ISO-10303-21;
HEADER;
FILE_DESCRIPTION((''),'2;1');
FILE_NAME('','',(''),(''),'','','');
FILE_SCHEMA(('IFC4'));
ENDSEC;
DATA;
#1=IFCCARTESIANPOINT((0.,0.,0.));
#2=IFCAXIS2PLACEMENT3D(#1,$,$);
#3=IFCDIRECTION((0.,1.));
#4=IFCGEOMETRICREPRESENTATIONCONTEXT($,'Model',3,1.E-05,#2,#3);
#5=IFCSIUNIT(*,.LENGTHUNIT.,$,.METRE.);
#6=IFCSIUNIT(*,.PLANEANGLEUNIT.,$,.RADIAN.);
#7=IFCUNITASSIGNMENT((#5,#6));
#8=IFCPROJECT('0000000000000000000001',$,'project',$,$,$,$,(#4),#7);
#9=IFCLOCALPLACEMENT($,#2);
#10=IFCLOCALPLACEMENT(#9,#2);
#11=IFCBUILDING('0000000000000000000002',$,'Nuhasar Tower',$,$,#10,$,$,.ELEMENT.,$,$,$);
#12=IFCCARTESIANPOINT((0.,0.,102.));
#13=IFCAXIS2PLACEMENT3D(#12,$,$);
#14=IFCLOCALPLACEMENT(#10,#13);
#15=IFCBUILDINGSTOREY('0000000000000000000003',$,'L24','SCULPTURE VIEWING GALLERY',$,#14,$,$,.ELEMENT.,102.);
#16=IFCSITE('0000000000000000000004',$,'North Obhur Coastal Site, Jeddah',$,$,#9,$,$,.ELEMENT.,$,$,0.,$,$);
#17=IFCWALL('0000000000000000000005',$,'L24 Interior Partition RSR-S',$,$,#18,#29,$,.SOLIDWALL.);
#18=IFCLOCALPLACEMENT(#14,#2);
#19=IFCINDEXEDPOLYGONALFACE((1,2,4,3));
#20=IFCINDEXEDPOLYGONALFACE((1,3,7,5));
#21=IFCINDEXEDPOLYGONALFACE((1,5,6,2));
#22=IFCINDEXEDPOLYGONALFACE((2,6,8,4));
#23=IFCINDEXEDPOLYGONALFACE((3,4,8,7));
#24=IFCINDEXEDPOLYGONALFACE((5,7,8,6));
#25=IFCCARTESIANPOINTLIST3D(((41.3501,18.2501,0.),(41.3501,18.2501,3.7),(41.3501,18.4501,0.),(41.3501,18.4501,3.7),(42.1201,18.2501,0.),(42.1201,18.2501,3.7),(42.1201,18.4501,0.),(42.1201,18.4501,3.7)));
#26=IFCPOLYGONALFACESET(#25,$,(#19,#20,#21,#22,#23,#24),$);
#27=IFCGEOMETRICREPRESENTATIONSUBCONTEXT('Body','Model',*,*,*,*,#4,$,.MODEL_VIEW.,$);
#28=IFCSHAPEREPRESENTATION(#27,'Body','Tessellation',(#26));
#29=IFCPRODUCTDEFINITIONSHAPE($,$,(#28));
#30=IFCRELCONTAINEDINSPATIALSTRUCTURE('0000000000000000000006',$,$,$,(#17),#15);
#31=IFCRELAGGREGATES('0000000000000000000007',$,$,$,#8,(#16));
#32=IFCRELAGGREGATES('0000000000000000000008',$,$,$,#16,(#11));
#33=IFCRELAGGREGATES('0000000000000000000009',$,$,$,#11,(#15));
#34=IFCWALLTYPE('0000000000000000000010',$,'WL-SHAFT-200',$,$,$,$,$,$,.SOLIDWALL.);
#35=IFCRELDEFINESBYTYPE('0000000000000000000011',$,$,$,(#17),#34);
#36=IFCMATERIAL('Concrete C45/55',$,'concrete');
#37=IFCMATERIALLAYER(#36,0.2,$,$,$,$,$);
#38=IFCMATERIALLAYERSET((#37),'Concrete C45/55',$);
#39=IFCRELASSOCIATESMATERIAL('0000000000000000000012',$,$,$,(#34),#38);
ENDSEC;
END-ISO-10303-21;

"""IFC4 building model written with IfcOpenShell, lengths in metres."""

from ifc_helpers import new_model, si_unit, direction, frame, frame_2d, origin, place, context, subcontext, project, spatial, rectangle, extrude, material, layer, layer_set, type_object, element, save


model = new_model("IFC4")

# Units and contexts
model_context = context("Model", 3, precision=1e-05, world=origin(), true_north=direction((0.0, 1.0)))
body_context = subcontext(model_context, "Body", "Model", "MODEL_VIEW")
ifc_project = project(units=[si_unit("LENGTHUNIT", "METRE"), si_unit("PLANEANGLEUNIT", "RADIAN")], contexts=[model_context])

# Site, building, storey
site_placement = place(None, origin())
site = spatial("IfcSite", under=ifc_project, at=site_placement, Name="North Obhur Coastal Site, Jeddah", CompositionType="ELEMENT", RefElevation=0.0)
building_placement = place(site_placement, origin())
building = spatial("IfcBuilding", under=site, at=building_placement, Name="Nuhasar Tower", CompositionType="ELEMENT")
storey_placement = place(building_placement, frame((0.0, 0.0, 102.0)))
storey = spatial("IfcBuildingStorey", under=building, at=storey_placement, Name="L24", Description="SCULPTURE VIEWING GALLERY", CompositionType="ELEMENT", Elevation=102.0)

# Shared definitions
ifc_material_1 = material(Name="Concrete C45/55", Category="concrete")

# Shared definitions
ifc_layer_1 = layer(ifc_material_1, 0.2)
ifc_layer_set_1 = layer_set([ifc_layer_1], Name="Concrete C45/55")
wall_type_1 = type_object("IfcWallType", Name="WL-SHAFT-200", PredefinedType="SOLIDWALL", material=ifc_layer_set_1)

# Wall
wall_1_placement = place(storey_placement, frame((41.3501, 18.3501, 0.0), z_axis=(0.0, 0.0, 1.0), x_axis=(1.0, 0.0, 0.0)))
element("IfcWall", 1, at=wall_1_placement, inside=storey, type_object=wall_type_1, Name="L24 Interior Partition RSR-S", PredefinedType="SOLIDWALL", context=body_context, shape_type="SweptSolid", body=[
    extrude(rectangle(XDim=0.77, YDim=0.2, at=frame_2d((0.385, 0.0))), origin(), (0.0, 0.0, 1.0), 3.7),
])

save(model, "model.ifc")
